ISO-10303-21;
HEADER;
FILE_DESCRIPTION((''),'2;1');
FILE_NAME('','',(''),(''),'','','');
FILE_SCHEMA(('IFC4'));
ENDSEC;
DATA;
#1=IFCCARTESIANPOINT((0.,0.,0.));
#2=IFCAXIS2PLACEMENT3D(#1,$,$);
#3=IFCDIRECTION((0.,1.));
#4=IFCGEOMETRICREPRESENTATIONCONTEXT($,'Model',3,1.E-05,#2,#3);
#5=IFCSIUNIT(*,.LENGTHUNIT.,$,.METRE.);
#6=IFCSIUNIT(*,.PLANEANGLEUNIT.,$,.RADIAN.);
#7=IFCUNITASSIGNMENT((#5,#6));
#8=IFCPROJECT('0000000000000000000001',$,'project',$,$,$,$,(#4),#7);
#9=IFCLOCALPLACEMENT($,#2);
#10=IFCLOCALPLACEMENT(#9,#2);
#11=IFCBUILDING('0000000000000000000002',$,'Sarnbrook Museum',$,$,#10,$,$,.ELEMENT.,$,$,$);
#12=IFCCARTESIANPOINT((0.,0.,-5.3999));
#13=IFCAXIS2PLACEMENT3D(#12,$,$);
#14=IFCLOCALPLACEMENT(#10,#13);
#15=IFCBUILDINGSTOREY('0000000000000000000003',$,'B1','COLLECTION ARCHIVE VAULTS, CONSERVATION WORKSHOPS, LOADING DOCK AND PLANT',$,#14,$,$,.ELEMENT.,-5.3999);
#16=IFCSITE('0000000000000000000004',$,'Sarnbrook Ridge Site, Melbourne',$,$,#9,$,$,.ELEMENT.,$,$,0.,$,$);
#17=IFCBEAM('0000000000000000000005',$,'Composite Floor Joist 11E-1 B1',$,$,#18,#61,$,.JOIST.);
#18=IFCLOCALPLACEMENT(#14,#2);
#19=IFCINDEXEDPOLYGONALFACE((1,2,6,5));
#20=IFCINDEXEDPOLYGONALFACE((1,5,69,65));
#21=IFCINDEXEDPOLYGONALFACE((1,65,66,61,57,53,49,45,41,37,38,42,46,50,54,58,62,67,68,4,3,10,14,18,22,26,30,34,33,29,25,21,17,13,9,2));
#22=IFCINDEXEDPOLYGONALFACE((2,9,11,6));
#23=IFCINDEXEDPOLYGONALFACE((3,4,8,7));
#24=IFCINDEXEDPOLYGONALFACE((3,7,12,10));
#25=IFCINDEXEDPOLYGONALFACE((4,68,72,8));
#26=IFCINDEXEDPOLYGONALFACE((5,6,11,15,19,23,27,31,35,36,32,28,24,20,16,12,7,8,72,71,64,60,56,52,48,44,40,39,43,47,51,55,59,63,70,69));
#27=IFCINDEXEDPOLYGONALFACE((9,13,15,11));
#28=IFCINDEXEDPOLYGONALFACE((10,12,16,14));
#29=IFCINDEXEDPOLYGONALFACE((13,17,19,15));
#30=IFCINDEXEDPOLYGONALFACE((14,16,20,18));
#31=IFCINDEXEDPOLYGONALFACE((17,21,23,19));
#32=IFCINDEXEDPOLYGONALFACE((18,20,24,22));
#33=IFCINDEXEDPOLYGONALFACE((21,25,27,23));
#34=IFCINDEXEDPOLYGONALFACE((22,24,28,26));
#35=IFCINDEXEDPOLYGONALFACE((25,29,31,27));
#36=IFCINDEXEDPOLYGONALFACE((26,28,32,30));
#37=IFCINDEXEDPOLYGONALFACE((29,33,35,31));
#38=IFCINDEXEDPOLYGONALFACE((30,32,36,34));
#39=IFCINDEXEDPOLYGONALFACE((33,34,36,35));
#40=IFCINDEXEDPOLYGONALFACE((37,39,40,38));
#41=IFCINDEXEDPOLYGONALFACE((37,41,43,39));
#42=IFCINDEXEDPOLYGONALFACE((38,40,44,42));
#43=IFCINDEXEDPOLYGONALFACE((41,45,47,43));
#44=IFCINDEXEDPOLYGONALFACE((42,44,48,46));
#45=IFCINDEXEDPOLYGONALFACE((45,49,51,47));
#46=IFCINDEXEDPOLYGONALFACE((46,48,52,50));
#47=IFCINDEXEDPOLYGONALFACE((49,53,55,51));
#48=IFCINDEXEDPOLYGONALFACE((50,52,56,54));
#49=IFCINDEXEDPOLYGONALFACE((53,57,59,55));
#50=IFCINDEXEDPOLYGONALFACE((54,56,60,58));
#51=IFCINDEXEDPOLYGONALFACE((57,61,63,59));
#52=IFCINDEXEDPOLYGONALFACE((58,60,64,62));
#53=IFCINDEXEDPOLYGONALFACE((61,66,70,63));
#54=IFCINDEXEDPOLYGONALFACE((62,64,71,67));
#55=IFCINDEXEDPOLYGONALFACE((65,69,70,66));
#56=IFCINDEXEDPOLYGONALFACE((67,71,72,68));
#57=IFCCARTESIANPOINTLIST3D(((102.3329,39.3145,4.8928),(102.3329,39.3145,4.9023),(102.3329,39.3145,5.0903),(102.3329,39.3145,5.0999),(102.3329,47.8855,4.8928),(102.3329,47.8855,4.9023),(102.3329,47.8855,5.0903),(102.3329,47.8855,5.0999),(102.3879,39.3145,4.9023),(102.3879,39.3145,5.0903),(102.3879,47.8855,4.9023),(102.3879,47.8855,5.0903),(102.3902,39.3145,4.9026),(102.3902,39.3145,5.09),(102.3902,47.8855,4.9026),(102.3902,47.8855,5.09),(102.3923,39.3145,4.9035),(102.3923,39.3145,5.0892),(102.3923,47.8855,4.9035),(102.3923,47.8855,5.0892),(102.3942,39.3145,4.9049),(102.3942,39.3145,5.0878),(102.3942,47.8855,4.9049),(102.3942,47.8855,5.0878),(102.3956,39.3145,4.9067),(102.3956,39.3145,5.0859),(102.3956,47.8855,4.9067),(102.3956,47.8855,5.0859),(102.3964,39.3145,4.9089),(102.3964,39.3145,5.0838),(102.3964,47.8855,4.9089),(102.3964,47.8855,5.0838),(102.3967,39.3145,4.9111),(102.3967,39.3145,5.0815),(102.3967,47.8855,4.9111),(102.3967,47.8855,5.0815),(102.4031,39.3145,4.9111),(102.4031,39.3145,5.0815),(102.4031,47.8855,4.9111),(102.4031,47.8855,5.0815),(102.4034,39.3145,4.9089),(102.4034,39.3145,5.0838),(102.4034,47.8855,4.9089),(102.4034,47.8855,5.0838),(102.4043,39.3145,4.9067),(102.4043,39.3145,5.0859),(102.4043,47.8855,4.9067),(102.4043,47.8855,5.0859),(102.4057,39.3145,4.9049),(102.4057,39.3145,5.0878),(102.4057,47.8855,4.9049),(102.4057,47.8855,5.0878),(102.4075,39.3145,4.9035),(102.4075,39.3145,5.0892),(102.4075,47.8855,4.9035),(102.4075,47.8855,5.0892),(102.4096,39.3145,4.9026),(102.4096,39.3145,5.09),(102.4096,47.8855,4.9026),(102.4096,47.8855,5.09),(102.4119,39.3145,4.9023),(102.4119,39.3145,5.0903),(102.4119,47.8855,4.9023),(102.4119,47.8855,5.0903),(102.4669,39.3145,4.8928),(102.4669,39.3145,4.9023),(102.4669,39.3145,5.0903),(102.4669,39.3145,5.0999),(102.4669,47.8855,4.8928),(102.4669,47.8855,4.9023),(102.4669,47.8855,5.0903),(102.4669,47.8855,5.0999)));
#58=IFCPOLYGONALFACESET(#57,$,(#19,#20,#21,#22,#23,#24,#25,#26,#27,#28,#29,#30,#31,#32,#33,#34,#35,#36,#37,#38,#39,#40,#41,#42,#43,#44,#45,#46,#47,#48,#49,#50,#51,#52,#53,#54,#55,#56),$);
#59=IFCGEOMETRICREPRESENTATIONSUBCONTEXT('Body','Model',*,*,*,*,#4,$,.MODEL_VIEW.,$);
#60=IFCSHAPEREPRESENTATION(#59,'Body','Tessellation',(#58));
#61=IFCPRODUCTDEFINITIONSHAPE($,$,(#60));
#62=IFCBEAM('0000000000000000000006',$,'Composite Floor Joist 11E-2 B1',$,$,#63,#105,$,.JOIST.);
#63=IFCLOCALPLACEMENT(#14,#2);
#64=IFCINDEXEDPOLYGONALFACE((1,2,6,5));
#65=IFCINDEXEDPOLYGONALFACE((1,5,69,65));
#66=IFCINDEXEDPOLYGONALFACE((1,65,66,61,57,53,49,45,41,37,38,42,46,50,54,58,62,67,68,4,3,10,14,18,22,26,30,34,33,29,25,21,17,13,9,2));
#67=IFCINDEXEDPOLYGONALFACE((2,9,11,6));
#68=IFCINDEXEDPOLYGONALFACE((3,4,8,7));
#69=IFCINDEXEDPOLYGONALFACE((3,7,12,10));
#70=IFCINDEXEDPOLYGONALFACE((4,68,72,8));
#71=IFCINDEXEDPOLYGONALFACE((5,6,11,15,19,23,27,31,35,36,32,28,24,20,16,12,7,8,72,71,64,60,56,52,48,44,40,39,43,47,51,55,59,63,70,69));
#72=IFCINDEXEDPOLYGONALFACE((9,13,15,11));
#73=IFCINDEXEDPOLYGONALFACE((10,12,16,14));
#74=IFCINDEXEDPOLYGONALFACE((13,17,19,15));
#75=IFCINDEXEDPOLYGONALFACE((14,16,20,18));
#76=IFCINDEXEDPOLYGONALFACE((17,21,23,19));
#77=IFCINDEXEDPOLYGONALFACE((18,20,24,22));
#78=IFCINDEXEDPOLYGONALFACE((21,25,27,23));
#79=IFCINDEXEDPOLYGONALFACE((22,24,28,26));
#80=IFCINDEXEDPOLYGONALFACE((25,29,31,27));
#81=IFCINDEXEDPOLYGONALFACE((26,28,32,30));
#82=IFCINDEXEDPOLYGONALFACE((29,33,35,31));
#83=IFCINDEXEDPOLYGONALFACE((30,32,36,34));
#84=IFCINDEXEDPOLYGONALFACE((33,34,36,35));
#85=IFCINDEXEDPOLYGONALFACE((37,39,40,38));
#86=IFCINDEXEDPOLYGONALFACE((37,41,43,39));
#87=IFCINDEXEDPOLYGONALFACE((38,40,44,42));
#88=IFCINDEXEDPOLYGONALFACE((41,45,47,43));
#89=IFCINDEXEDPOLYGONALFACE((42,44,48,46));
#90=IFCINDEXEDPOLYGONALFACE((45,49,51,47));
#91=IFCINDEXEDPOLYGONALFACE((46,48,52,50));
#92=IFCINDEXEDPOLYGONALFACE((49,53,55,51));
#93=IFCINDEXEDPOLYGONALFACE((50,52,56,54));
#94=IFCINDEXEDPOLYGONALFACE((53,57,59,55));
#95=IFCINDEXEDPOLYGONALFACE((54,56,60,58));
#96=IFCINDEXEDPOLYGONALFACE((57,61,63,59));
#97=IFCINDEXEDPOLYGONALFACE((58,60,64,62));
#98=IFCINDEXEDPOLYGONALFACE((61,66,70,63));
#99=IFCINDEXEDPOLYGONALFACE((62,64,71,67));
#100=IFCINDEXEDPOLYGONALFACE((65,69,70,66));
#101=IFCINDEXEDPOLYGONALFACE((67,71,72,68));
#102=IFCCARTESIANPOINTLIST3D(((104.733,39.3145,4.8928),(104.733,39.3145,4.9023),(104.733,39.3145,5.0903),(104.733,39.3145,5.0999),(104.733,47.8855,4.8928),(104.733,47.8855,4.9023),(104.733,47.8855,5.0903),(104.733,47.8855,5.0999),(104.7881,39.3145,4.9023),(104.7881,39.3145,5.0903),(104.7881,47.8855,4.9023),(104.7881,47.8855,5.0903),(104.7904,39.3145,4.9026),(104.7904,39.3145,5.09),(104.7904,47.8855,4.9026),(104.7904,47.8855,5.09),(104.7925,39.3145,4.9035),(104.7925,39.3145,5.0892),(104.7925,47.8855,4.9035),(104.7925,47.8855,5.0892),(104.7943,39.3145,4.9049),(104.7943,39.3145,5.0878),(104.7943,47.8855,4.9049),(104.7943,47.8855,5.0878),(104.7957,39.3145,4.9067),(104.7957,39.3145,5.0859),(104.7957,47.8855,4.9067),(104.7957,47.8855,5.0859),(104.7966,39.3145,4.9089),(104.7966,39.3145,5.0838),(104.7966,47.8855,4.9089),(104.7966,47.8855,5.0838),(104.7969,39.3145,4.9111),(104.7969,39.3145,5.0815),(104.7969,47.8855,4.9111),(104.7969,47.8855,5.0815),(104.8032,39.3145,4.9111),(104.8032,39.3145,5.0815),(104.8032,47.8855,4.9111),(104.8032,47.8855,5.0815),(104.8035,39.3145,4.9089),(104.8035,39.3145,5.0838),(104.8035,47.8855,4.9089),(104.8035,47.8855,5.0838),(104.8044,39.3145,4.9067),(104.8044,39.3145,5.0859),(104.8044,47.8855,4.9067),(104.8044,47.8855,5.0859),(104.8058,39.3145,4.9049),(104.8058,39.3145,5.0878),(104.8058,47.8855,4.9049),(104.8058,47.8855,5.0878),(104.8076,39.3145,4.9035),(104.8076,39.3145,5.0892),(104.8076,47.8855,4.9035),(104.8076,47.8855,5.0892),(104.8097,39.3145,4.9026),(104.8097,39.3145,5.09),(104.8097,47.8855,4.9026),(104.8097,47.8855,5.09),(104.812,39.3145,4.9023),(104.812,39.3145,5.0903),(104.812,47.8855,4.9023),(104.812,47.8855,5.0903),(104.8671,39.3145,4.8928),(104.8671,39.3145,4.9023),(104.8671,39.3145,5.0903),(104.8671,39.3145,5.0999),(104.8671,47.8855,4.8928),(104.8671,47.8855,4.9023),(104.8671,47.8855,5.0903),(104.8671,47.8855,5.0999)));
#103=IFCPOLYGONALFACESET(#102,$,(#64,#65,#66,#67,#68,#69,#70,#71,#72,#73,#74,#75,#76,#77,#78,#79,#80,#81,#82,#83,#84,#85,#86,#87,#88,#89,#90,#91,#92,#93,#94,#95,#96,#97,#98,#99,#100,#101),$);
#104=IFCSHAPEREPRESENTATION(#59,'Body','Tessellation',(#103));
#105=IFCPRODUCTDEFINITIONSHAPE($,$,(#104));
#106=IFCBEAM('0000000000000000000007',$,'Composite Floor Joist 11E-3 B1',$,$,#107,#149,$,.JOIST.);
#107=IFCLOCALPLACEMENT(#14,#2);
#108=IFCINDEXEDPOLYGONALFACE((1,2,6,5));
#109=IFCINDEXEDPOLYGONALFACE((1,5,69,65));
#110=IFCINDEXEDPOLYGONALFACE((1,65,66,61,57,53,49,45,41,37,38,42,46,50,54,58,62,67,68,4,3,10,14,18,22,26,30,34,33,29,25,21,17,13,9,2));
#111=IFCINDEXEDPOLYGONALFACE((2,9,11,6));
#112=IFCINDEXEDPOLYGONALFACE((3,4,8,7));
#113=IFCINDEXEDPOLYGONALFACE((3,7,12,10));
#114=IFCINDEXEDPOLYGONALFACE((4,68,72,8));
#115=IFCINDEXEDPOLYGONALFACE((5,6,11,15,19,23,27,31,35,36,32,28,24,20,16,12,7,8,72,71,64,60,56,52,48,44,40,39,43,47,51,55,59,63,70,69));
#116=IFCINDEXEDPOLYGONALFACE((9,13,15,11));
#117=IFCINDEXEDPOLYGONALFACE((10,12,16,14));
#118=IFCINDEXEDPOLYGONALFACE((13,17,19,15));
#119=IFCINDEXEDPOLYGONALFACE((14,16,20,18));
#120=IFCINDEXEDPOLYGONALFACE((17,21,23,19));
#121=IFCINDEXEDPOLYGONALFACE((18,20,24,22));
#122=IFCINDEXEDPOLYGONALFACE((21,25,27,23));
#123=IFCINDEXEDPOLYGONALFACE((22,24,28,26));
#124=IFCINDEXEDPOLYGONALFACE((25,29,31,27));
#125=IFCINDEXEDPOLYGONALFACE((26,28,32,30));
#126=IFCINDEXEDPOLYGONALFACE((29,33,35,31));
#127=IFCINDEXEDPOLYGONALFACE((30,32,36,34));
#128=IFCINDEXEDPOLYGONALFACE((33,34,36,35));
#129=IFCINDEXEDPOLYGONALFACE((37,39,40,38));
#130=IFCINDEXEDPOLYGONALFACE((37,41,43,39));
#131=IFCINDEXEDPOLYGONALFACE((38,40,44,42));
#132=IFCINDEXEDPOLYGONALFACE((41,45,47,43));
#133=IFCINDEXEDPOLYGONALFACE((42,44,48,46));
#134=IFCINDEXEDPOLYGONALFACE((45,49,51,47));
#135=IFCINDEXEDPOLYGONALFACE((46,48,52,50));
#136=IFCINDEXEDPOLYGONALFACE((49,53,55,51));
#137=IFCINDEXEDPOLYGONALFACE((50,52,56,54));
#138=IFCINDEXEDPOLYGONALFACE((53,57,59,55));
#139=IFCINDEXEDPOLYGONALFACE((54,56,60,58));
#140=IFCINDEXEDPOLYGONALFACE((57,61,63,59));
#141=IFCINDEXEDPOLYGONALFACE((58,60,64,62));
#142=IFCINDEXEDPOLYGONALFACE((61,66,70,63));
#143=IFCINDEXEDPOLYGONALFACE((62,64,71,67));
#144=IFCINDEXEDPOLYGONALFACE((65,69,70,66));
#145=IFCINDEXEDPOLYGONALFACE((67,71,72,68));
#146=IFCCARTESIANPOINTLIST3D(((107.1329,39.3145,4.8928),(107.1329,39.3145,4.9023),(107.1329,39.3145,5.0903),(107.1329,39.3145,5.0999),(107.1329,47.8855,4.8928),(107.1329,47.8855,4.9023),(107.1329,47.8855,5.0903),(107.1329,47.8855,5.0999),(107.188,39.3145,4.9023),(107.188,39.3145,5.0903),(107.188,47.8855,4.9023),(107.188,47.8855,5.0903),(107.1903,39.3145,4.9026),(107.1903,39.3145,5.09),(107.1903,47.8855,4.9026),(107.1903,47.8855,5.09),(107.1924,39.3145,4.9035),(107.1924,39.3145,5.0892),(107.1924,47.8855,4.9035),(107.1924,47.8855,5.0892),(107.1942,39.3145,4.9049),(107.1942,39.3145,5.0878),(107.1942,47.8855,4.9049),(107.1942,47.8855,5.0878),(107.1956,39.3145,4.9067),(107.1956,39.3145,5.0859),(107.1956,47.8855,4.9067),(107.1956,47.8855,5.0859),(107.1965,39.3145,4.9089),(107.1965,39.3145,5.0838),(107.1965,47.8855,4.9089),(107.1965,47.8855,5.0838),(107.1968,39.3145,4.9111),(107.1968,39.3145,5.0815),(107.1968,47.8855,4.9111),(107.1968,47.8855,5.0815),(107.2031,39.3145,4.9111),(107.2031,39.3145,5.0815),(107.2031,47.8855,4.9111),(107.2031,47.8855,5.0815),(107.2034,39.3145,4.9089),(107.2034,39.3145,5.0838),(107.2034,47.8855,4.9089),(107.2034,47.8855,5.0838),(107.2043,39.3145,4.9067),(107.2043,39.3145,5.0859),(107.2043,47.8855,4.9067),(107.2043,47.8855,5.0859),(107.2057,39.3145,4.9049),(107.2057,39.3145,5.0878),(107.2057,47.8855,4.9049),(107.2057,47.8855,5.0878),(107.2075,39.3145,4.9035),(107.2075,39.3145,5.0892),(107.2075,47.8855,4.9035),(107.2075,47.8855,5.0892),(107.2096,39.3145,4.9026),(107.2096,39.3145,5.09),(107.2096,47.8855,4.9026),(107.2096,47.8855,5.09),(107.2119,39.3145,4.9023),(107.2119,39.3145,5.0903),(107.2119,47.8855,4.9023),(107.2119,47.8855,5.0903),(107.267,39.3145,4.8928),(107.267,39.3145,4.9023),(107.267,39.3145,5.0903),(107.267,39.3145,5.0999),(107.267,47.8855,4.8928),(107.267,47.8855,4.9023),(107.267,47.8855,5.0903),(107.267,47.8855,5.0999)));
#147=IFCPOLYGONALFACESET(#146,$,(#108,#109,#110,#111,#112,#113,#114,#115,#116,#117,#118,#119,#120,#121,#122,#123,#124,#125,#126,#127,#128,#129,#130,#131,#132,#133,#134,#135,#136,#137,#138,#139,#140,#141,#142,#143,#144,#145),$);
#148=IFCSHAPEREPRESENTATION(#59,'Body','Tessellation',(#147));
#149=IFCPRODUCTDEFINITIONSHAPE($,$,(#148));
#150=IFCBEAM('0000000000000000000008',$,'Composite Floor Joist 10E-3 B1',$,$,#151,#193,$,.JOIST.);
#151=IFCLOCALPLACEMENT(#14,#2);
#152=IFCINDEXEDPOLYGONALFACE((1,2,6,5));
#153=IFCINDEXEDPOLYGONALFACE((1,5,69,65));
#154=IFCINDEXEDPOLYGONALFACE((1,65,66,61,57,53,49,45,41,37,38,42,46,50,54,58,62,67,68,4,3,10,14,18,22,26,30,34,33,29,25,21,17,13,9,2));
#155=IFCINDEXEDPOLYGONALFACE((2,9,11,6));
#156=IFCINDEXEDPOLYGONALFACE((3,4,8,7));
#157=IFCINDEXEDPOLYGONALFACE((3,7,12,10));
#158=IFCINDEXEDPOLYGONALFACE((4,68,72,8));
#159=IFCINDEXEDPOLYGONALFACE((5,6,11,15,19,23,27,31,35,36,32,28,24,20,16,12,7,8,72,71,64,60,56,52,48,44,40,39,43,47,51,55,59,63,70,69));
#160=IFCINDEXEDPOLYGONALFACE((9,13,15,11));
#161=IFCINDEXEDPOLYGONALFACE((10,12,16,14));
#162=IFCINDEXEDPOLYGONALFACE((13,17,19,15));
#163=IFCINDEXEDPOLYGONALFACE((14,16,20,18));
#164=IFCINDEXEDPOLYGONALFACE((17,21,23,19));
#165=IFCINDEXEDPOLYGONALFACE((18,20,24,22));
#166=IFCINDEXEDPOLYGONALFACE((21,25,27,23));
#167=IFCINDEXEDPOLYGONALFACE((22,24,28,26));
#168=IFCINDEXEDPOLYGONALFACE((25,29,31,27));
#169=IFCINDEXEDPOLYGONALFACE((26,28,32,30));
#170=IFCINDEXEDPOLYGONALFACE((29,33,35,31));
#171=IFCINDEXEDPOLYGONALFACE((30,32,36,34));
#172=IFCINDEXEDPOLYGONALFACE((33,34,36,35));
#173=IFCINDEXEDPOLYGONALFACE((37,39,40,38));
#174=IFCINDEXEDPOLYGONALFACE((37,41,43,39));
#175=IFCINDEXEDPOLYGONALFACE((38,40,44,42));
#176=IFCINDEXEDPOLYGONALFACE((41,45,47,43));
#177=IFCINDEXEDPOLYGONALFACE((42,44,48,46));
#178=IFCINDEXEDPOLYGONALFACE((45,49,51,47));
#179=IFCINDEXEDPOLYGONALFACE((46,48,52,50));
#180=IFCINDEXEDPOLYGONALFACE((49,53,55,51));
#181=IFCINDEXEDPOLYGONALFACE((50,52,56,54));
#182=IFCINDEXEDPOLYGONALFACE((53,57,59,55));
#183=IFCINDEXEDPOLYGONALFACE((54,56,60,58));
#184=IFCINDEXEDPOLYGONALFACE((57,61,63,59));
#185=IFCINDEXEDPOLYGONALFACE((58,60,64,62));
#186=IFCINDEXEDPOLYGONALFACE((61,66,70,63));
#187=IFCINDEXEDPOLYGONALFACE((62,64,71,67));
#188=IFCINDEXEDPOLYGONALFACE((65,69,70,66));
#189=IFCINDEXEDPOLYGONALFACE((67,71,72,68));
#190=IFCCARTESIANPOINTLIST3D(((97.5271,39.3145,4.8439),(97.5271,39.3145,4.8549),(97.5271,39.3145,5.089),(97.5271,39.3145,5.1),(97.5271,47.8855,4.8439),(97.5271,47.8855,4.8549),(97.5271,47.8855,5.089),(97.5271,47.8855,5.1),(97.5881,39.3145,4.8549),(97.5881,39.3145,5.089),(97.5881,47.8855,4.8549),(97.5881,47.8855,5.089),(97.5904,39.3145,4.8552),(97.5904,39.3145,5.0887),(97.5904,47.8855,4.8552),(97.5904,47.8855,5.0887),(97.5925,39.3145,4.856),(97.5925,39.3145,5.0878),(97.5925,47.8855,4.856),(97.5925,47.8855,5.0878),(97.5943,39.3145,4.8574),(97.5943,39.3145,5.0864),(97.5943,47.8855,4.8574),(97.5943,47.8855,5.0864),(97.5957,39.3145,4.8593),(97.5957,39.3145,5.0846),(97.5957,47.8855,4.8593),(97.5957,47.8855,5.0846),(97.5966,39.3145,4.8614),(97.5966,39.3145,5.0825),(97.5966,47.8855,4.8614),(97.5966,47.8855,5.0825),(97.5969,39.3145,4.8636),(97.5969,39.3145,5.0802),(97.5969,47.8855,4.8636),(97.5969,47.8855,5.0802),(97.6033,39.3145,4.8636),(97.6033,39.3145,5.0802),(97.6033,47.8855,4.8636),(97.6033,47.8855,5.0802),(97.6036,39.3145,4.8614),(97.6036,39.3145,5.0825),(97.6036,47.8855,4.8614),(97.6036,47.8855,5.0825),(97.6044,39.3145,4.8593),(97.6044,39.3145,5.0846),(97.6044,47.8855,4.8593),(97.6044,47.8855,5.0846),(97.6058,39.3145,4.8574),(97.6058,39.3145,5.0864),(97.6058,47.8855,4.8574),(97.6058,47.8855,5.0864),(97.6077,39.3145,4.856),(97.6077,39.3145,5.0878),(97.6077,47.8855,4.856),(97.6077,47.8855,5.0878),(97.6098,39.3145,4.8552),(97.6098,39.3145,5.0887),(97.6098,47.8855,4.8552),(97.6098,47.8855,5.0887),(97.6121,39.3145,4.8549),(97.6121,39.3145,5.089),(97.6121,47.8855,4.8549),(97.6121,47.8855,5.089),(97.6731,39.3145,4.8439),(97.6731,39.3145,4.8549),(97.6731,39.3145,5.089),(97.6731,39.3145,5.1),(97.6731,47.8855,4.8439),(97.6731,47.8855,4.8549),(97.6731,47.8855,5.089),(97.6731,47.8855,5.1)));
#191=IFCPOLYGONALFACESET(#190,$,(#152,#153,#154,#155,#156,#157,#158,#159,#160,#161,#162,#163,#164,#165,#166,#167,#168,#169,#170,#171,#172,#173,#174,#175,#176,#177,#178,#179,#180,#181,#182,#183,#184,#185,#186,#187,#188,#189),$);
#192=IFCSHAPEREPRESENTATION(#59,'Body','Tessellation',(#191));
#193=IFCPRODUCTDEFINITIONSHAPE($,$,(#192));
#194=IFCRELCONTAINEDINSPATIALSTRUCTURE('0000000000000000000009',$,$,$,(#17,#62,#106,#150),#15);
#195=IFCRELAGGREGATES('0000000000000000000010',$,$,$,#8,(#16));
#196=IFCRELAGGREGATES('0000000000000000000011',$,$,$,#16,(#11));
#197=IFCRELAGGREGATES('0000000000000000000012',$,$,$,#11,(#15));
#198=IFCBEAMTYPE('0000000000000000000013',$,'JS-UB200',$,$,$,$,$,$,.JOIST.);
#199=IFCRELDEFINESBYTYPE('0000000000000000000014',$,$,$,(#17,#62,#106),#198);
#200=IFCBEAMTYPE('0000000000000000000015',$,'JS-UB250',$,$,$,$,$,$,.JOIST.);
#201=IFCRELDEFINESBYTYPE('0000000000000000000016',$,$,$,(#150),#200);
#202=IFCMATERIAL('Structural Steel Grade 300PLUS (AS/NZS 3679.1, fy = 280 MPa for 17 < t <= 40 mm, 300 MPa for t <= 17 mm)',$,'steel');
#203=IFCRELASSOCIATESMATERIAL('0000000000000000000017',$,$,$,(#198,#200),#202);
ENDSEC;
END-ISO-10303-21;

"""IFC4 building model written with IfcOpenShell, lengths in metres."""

from ifc_helpers import new_model, si_unit, direction, frame, origin, origin_2d, place, context, subcontext, project, spatial, i_section, extrude, material, material_profile, profile_set, type_object, element, save


model = new_model("IFC4")

# Units and contexts
model_context = context("Model", 3, precision=1e-05, world=origin(), true_north=direction((0.0, 1.0)))
body_context = subcontext(model_context, "Body", "Model", "MODEL_VIEW")
ifc_project = project(units=[si_unit("LENGTHUNIT", "METRE"), si_unit("PLANEANGLEUNIT", "RADIAN")], contexts=[model_context])

# Site, building, storey
site_placement = place(None, origin())
site = spatial("IfcSite", under=ifc_project, at=site_placement, Name="Sarnbrook Ridge Site, Melbourne", CompositionType="ELEMENT", RefElevation=0.0)
building_placement = place(site_placement, origin())
building = spatial("IfcBuilding", under=site, at=building_placement, Name="Sarnbrook Museum", CompositionType="ELEMENT")
storey_placement = place(building_placement, frame((0.0, 0.0, -5.3999)))
storey = spatial("IfcBuildingStorey", under=building, at=storey_placement, Name="B1", Description="COLLECTION ARCHIVE VAULTS, CONSERVATION WORKSHOPS, LOADING DOCK AND PLANT", CompositionType="ELEMENT", Elevation=-5.3999)

# Beams
ifc_material_1 = material(Name="Structural Steel Grade 300PLUS (AS/NZS 3679.1, fy = 280 MPa for 17 < t <= 40 mm, 300 MPa for t <= 17 mm)", Category="steel")
ifc_material_profile_1 = material_profile(ifc_material_1, i_section(OverallWidth=0.134, OverallDepth=0.207, WebThickness=0.0063, FlangeThickness=0.0095, FilletRadius=0.0088, at=origin_2d()), Name="200UB29.8")
ifc_profile_set_1 = profile_set([ifc_material_profile_1], Name="Structural Steel Grade 300PLUS (AS/NZS 3679.1, fy = 280 MPa for 17 < t <= 40 mm, 300 MPa for t <= 17 mm)")
beam_type_1 = type_object("IfcBeamType", Name="JS-UB200", PredefinedType="JOIST", material=ifc_profile_set_1)
for number, where, z_axis, x_axis, name in (
    (1, (102.3999, 39.3145, 4.9963), (0.0, 1.0, 0.0), (-1.0, 0.0, 0.0), "Composite Floor Joist 11E-1 B1"),
    (2, (104.8, 39.3145, 4.9963), (0.0, 1.0, 0.0), (-1.0, 0.0, 0.0), "Composite Floor Joist 11E-2 B1"),
    (3, (107.2, 39.3145, 4.9963), (0.0, 1.0, 0.0), (-1.0, 0.0, 0.0), "Composite Floor Joist 11E-3 B1"),
):
    element("IfcBeam", number, at=place(storey_placement, frame(where, z_axis=z_axis, x_axis=x_axis)), inside=storey, type_object=beam_type_1, Name=name, PredefinedType="JOIST", context=body_context, shape_type="SweptSolid", body=[
        extrude(i_section(OverallWidth=0.134, OverallDepth=0.207, WebThickness=0.0063, FlangeThickness=0.0095, FilletRadius=0.0088, at=origin_2d()), origin(), (0.0, 0.0, 1.0), 8.571),
    ])
ifc_material_profile_2 = material_profile(ifc_material_1, i_section(OverallWidth=0.146, OverallDepth=0.2561, WebThickness=0.0063, FlangeThickness=0.011, FilletRadius=0.0088, at=origin_2d()), Name="250UB37.3")
ifc_profile_set_2 = profile_set([ifc_material_profile_2], Name="Structural Steel Grade 300PLUS (AS/NZS 3679.1, fy = 280 MPa for 17 < t <= 40 mm, 300 MPa for t <= 17 mm)")
beam_type_2 = type_object("IfcBeamType", Name="JS-UB250", PredefinedType="JOIST", material=ifc_profile_set_2)
for number, where, z_axis, x_axis, name in (
    (4, (97.6001, 39.3145, 4.9719), (0.0, 1.0, 0.0), (-1.0, 0.0, 0.0), "Composite Floor Joist 10E-3 B1"),
):
    element("IfcBeam", number, at=place(storey_placement, frame(where, z_axis=z_axis, x_axis=x_axis)), inside=storey, type_object=beam_type_2, Name=name, PredefinedType="JOIST", context=body_context, shape_type="SweptSolid", body=[
        extrude(i_section(OverallWidth=0.146, OverallDepth=0.2561, WebThickness=0.0063, FlangeThickness=0.011, FilletRadius=0.0088, at=origin_2d()), origin(), (0.0, 0.0, 1.0), 8.571),
    ])

save(model, "model.ifc")
